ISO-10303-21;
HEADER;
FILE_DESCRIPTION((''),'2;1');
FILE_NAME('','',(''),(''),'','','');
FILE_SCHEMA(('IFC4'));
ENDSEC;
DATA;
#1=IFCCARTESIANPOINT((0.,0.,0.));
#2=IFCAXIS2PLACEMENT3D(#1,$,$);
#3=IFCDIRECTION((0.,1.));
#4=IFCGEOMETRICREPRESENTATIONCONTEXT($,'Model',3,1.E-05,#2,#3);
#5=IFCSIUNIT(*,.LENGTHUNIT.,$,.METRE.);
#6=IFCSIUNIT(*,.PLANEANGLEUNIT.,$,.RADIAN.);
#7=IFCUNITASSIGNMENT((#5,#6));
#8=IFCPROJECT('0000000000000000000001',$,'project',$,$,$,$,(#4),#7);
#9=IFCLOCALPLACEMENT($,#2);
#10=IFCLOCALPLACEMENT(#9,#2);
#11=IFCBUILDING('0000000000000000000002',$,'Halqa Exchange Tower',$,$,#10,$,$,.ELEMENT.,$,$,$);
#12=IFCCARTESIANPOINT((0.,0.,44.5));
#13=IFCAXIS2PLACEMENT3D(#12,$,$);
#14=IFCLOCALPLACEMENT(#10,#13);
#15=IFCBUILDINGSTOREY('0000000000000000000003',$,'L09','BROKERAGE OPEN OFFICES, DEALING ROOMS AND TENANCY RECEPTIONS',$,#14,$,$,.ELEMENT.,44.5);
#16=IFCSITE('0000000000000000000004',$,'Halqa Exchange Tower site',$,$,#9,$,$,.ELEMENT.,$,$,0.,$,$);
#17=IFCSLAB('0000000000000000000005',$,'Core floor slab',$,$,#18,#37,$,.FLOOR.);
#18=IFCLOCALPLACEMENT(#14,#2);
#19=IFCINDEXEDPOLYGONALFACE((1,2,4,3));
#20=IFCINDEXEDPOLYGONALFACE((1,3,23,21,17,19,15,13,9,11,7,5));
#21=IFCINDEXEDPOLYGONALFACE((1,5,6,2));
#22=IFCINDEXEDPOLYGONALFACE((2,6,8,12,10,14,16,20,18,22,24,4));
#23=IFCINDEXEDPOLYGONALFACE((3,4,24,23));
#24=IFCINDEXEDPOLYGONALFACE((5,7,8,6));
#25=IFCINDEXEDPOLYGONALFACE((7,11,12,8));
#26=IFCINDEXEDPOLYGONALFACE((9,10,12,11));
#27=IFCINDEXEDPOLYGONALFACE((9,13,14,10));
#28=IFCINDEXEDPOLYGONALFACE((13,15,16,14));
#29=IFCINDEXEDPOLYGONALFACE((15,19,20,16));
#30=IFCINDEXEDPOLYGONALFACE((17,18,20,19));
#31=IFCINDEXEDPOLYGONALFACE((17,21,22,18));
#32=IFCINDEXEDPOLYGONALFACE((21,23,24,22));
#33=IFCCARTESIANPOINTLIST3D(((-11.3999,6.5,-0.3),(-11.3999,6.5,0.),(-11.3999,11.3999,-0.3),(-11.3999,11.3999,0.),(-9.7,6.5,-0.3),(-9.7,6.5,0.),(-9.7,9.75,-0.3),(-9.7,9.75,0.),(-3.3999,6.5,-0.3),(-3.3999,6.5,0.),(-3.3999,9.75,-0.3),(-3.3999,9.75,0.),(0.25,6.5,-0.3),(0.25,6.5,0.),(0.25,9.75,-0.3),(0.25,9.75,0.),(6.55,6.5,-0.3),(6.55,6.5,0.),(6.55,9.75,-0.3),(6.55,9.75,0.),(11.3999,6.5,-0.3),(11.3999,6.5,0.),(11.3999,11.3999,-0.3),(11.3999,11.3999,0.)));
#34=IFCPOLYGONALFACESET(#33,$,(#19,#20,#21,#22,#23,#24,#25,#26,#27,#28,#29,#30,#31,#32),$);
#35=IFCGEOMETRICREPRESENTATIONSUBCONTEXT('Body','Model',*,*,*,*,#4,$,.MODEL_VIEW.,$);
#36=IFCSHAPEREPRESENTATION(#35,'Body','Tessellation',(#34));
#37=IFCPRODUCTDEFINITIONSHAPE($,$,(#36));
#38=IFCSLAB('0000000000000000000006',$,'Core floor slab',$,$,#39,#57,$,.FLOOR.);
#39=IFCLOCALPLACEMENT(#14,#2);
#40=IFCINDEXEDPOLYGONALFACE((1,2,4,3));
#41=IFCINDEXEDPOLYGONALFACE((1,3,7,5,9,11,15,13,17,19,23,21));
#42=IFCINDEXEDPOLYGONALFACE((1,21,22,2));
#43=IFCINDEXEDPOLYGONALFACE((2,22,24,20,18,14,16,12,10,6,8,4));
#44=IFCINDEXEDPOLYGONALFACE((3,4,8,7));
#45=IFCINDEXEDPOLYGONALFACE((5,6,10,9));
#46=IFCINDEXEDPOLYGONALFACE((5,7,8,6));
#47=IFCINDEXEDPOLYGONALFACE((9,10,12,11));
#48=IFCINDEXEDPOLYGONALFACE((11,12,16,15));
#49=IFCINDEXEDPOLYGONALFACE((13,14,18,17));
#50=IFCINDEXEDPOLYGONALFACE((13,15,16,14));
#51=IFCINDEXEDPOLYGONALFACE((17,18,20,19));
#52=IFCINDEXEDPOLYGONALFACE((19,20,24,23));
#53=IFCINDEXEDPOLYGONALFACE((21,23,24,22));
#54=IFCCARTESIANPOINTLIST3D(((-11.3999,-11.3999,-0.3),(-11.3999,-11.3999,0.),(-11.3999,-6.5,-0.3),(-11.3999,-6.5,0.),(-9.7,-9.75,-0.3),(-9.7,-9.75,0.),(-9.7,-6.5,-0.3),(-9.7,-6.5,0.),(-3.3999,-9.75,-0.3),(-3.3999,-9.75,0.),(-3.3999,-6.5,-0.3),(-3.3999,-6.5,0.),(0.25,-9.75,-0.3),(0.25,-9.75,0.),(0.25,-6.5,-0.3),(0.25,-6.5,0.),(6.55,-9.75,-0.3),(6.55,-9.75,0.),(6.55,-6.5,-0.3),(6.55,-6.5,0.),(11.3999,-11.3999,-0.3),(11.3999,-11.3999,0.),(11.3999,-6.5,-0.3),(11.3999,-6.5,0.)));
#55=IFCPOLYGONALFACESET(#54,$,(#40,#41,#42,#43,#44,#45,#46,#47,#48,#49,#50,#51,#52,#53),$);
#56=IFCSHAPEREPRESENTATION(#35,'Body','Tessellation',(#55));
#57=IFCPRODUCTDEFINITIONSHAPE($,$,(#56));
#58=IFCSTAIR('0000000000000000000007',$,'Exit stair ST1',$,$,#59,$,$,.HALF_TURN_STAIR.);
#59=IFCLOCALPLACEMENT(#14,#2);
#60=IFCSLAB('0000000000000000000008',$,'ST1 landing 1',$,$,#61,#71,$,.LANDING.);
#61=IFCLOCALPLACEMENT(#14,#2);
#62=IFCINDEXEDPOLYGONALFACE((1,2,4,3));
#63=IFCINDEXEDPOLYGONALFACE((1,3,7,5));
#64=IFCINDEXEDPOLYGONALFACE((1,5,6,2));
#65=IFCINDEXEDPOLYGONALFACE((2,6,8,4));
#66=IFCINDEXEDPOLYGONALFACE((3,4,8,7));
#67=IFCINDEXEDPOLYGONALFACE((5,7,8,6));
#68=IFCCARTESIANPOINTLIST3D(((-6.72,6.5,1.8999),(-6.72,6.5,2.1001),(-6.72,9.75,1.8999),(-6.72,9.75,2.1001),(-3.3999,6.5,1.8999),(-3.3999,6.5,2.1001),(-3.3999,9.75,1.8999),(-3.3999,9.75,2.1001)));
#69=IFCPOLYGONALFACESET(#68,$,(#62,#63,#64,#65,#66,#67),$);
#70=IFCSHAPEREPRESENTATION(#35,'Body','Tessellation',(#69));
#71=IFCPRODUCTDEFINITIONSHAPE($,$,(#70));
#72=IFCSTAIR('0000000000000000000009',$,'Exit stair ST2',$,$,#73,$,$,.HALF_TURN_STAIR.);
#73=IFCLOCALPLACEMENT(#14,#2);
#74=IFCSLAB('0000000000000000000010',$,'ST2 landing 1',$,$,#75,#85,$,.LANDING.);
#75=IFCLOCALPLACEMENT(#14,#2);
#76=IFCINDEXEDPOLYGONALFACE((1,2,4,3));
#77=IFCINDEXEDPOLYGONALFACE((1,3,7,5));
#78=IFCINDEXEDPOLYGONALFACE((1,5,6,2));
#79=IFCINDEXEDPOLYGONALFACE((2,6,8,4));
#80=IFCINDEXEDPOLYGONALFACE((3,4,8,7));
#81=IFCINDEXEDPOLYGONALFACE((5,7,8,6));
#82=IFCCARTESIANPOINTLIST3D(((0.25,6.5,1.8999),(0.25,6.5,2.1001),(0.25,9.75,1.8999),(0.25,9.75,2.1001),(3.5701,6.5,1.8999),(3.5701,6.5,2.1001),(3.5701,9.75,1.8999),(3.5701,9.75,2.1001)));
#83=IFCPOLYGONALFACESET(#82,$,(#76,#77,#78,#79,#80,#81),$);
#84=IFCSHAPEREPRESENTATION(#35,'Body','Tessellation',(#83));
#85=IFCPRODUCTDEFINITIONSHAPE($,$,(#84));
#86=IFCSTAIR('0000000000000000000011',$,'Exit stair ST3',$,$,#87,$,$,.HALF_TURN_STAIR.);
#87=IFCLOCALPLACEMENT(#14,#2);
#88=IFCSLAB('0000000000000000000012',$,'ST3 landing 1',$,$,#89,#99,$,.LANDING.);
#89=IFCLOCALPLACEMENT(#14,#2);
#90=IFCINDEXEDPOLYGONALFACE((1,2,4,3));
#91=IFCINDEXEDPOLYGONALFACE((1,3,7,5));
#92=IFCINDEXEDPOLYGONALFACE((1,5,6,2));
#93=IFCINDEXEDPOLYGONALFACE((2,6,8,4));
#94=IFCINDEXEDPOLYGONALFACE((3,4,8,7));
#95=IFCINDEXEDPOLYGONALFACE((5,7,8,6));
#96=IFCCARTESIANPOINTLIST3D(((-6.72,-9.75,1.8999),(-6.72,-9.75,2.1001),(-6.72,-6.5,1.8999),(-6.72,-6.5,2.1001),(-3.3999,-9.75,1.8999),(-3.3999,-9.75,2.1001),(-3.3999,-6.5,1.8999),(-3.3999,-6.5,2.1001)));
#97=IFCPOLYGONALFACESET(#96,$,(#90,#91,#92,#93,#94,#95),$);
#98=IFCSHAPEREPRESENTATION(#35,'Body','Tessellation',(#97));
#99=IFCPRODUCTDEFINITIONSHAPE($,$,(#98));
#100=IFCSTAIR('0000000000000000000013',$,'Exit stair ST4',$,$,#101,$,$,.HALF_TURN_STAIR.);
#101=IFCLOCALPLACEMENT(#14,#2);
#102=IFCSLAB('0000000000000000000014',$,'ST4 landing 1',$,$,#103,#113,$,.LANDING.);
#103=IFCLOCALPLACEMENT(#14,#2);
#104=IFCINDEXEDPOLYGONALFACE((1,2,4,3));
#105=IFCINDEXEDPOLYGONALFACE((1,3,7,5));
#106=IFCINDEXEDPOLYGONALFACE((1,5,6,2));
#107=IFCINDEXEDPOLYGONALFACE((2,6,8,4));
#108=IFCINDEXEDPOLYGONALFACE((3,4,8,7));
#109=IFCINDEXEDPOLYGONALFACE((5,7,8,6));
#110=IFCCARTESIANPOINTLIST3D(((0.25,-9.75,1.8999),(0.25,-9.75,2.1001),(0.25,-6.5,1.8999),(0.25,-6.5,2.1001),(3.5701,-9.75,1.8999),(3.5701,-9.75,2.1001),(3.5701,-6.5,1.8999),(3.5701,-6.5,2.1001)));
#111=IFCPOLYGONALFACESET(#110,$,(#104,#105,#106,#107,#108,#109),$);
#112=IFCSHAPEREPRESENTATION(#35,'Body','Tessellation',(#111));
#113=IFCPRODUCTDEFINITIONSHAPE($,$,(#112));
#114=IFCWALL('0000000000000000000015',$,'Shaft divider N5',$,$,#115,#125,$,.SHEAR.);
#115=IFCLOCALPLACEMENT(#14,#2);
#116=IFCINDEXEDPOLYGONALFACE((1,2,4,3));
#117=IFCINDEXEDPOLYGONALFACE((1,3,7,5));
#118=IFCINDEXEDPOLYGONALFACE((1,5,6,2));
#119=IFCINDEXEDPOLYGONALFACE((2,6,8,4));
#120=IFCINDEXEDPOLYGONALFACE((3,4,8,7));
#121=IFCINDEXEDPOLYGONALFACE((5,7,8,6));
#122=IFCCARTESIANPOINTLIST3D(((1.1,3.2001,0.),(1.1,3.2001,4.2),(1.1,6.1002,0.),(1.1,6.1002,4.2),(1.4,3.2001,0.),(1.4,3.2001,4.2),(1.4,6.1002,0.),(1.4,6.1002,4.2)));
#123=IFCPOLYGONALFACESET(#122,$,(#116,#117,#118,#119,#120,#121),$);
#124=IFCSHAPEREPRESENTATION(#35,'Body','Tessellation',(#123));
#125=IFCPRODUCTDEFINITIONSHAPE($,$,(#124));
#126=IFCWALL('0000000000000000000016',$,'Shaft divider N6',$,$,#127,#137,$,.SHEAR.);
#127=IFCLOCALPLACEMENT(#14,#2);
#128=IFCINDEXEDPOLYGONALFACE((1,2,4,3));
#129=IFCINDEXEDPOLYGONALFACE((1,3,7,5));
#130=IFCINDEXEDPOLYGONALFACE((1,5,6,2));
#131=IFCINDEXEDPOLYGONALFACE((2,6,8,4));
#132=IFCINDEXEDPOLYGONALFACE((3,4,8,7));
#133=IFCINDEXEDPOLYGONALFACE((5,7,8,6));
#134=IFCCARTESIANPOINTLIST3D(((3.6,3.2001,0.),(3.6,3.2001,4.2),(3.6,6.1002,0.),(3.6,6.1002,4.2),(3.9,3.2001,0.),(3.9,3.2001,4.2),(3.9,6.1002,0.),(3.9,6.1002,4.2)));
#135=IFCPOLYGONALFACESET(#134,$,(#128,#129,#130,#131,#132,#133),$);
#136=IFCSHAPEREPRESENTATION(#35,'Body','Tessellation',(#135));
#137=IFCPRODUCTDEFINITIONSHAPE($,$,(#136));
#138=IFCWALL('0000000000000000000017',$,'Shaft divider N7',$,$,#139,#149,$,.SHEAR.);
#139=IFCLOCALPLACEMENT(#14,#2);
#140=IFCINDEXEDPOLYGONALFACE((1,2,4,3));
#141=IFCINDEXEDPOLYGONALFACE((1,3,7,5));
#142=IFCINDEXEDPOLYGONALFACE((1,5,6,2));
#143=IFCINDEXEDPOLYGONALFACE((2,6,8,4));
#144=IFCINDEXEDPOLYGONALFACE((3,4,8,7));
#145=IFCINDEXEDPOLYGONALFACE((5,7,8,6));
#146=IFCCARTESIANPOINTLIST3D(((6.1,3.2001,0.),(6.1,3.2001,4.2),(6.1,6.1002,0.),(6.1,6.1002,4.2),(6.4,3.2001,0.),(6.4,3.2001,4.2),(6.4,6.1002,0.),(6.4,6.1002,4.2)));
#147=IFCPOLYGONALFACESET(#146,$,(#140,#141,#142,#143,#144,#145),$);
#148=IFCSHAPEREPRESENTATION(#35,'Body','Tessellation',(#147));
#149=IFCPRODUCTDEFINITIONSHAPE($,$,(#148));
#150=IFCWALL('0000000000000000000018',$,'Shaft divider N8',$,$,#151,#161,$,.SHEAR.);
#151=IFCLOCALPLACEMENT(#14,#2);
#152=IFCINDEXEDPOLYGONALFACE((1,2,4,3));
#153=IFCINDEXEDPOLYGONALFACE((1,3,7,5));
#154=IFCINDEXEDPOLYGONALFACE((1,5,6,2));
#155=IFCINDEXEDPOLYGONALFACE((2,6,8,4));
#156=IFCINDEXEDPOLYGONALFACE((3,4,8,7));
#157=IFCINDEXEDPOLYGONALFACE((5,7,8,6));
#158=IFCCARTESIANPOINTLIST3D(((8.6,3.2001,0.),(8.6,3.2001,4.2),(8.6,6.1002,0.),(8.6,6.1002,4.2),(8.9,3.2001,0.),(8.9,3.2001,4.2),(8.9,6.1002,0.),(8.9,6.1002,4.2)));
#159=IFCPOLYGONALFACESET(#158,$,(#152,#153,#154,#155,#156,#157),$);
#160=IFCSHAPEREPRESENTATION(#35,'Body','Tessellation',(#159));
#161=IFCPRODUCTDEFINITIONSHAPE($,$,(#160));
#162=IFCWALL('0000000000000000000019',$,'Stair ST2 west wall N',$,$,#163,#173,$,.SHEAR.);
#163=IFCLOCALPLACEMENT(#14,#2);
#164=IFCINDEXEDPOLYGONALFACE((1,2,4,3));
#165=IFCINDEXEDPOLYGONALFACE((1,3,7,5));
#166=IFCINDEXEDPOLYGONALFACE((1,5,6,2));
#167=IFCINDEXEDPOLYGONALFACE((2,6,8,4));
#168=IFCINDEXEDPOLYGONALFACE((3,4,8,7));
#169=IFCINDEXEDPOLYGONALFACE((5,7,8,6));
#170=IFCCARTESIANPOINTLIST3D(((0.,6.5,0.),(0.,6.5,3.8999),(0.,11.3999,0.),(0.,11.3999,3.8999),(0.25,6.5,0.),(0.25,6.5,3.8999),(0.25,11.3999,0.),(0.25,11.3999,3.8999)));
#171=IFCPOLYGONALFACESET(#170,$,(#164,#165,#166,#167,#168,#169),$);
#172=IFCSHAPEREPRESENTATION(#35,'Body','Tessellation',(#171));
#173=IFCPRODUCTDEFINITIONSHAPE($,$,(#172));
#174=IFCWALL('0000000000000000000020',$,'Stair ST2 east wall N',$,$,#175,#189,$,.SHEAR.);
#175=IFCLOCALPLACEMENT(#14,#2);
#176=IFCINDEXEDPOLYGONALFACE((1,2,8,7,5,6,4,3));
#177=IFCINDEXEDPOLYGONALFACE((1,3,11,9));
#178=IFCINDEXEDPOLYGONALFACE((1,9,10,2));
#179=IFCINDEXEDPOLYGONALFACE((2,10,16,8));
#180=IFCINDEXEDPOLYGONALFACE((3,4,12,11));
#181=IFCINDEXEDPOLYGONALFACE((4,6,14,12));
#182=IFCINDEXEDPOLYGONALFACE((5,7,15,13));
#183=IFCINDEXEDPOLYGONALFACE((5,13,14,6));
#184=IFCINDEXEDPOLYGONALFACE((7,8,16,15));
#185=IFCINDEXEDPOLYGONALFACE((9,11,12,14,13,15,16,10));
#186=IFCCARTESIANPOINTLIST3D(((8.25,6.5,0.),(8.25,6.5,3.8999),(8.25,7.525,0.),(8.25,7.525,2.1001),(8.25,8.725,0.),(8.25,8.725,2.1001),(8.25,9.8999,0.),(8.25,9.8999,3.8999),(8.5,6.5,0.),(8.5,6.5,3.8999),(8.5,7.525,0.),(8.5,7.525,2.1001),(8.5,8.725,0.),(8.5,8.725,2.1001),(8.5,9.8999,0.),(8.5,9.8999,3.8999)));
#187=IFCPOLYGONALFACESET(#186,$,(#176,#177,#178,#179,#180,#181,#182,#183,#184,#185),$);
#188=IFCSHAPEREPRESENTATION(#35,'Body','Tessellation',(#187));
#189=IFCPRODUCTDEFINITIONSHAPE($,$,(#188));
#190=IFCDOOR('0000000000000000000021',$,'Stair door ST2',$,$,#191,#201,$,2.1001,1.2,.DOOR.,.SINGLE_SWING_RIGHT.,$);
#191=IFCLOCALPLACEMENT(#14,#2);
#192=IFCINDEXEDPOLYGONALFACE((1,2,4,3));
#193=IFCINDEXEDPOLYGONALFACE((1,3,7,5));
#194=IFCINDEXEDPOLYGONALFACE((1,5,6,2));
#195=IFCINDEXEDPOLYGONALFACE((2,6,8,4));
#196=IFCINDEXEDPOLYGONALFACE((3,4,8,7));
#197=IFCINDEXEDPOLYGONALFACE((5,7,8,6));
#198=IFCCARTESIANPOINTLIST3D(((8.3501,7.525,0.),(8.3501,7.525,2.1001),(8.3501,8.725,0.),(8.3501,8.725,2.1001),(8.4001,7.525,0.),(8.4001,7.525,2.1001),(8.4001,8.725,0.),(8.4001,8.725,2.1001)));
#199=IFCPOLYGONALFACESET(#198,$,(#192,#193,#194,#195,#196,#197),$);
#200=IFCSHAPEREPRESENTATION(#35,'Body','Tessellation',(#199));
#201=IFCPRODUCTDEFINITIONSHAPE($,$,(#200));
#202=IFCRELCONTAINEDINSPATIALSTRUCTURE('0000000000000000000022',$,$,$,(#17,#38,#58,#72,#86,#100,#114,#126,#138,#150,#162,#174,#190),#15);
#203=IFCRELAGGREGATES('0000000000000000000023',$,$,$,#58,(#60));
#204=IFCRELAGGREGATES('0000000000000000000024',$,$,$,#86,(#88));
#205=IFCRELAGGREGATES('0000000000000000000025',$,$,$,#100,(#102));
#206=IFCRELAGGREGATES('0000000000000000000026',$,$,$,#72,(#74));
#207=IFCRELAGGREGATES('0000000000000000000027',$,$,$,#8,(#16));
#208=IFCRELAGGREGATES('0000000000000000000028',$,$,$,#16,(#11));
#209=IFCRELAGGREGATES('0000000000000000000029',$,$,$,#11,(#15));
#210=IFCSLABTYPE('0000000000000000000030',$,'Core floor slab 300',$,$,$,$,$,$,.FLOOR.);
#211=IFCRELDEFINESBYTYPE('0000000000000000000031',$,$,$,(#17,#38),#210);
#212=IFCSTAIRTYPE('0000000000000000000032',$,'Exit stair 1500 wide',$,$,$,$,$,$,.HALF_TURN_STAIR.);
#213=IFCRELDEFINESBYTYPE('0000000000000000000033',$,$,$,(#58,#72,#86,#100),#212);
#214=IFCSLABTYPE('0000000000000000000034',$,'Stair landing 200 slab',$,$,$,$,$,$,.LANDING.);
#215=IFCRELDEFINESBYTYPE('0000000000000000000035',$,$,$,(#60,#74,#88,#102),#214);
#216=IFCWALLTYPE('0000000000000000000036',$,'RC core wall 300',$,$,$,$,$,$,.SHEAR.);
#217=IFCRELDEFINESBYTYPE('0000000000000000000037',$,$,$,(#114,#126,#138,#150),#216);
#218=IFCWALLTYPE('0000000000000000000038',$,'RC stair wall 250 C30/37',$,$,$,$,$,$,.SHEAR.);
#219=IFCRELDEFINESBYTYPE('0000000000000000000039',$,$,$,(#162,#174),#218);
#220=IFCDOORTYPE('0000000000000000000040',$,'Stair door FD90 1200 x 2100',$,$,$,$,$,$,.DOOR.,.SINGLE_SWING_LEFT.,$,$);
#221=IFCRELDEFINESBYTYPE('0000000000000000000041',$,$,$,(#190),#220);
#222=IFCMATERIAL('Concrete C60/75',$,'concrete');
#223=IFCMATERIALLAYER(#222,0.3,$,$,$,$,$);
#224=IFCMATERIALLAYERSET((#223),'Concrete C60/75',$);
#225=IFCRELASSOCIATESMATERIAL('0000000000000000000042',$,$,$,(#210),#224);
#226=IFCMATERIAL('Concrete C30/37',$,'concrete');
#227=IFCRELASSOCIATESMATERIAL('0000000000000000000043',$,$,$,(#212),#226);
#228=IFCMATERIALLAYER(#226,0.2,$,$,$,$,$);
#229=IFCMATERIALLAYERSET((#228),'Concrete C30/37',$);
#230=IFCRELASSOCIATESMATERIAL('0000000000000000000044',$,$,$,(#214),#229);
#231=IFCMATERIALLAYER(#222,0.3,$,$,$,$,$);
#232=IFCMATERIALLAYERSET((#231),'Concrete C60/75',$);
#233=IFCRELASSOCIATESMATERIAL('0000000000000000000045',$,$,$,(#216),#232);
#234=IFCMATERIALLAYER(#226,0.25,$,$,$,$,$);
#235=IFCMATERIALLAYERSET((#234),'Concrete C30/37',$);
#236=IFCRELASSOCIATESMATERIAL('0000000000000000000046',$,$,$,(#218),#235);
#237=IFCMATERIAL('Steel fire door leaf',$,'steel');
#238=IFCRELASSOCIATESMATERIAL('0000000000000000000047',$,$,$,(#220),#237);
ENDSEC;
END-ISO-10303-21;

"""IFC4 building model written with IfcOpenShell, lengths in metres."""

from ifc_helpers import new_model, si_unit, direction, frame, frame_2d, origin, place, context, subcontext, project, spatial, polyline, rectangle, outline, extrude, material, layer, layer_set, type_object, element, fill, aggregate, save


model = new_model("IFC4")

# Units and contexts
model_context = context("Model", 3, precision=1e-05, world=origin(), true_north=direction((0.0, 1.0)))
body_context = subcontext(model_context, "Body", "Model", "MODEL_VIEW")
ifc_project = project(units=[si_unit("LENGTHUNIT", "METRE"), si_unit("PLANEANGLEUNIT", "RADIAN")], contexts=[model_context])

# Site, building, storey
site_placement = place(None, origin())
site = spatial("IfcSite", under=ifc_project, at=site_placement, Name="Halqa Exchange Tower site", CompositionType="ELEMENT", RefElevation=0.0)
building_placement = place(site_placement, origin())
building = spatial("IfcBuilding", under=site, at=building_placement, Name="Halqa Exchange Tower", CompositionType="ELEMENT")
storey_placement = place(building_placement, frame((0.0, 0.0, 44.5)))
storey = spatial("IfcBuildingStorey", under=building, at=storey_placement, Name="L09", Description="BROKERAGE OPEN OFFICES, DEALING ROOMS AND TENANCY RECEPTIONS", CompositionType="ELEMENT", Elevation=44.5)

# Slabs
ifc_material_1 = material(Name="Concrete C60/75", Category="concrete")
ifc_layer_1 = layer(ifc_material_1, 0.3)
ifc_layer_set_1 = layer_set([ifc_layer_1], Name="Concrete C60/75")
slab_type_1 = type_object("IfcSlabType", Name="Core floor slab 300", PredefinedType="FLOOR", material=ifc_layer_set_1)
slab_1_placement = place(storey_placement, frame((0.0, 0.0, -0.3)))
element("IfcSlab", 1, at=slab_1_placement, inside=storey, type_object=slab_type_1, Name="Core floor slab", PredefinedType="FLOOR", context=body_context, shape_type="SweptSolid", body=[
    extrude(outline(polyline([(-11.3999, 11.3999), (11.3999, 11.3999), (11.3999, 6.5), (6.55, 6.5), (6.55, 9.75), (0.25, 9.75), (0.25, 6.5), (-3.3999, 6.5), (-3.3999, 9.75), (-9.7, 9.75), (-9.7, 6.5), (-11.3999, 6.5), (-11.3999, 11.3999)])), origin(), (0.0, 0.0, 1.0), 0.3),
])
slab_2_placement = place(storey_placement, frame((0.0, 0.0, -0.3)))
element("IfcSlab", 2, at=slab_2_placement, inside=storey, type_object=slab_type_1, Name="Core floor slab", PredefinedType="FLOOR", context=body_context, shape_type="SweptSolid", body=[
    extrude(outline(polyline([(-9.7, -9.75), (-3.3999, -9.75), (-3.3999, -6.5), (0.25, -6.5), (0.25, -9.75), (6.55, -9.75), (6.55, -6.5), (11.3999, -6.5), (11.3999, -11.3999), (-11.3999, -11.3999), (-11.3999, -6.5), (-9.7, -6.5), (-9.7, -9.75)])), origin(), (0.0, 0.0, 1.0), 0.3),
])

# Stairs, slabs
ifc_material_2 = material(Name="Concrete C30/37", Category="concrete")
stair_type = type_object("IfcStairType", Name="Exit stair 1500 wide", PredefinedType="HALF_TURN_STAIR", material=ifc_material_2)
stair_1_placement = place(storey_placement, origin())
stair_1 = element("IfcStair", 3, at=stair_1_placement, inside=storey, type_object=stair_type, Name="Exit stair ST1", PredefinedType="HALF_TURN_STAIR")
ifc_layer_2 = layer(ifc_material_2, 0.2)
ifc_layer_set_2 = layer_set([ifc_layer_2], Name="Concrete C30/37")
slab_type_2 = type_object("IfcSlabType", Name="Stair landing 200 slab", PredefinedType="LANDING", material=ifc_layer_set_2)
slab_3_placement = place(storey_placement, frame((0.0, 0.0, 1.8999)))
slab_3 = element("IfcSlab", 4, at=slab_3_placement, type_object=slab_type_2, Name="ST1 landing 1", PredefinedType="LANDING", context=body_context, shape_type="SweptSolid", body=[
    extrude(outline(polyline([(-6.72, 6.5), (-3.3999, 6.5), (-3.3999, 9.75), (-6.72, 9.75), (-6.72, 6.5)])), origin(), (0.0, 0.0, 1.0), 0.2002),
])
aggregate(stair_1, [slab_3])
stair_2_placement = place(storey_placement, origin())
stair_2 = element("IfcStair", 5, at=stair_2_placement, inside=storey, type_object=stair_type, Name="Exit stair ST2", PredefinedType="HALF_TURN_STAIR")
slab_4_placement = place(storey_placement, frame((0.0, 0.0, 1.8999)))
slab_4 = element("IfcSlab", 6, at=slab_4_placement, type_object=slab_type_2, Name="ST2 landing 1", PredefinedType="LANDING", context=body_context, shape_type="SweptSolid", body=[
    extrude(outline(polyline([(0.25, 6.5), (3.5701, 6.5), (3.5701, 9.75), (0.25, 9.75), (0.25, 6.5)])), origin(), (0.0, 0.0, 1.0), 0.2002),
])
stair_3_placement = place(storey_placement, origin())
stair_3 = element("IfcStair", 7, at=stair_3_placement, inside=storey, type_object=stair_type, Name="Exit stair ST3", PredefinedType="HALF_TURN_STAIR")
slab_5_placement = place(storey_placement, frame((0.0, 0.0, 1.8999)))
slab_5 = element("IfcSlab", 8, at=slab_5_placement, type_object=slab_type_2, Name="ST3 landing 1", PredefinedType="LANDING", context=body_context, shape_type="SweptSolid", body=[
    extrude(outline(polyline([(-6.72, -9.75), (-3.3999, -9.75), (-3.3999, -6.5), (-6.72, -6.5), (-6.72, -9.75)])), origin(), (0.0, 0.0, 1.0), 0.2002),
])
aggregate(stair_3, [slab_5])
stair_4_placement = place(storey_placement, origin())
stair_4 = element("IfcStair", 9, at=stair_4_placement, inside=storey, type_object=stair_type, Name="Exit stair ST4", PredefinedType="HALF_TURN_STAIR")
slab_6_placement = place(storey_placement, frame((0.0, 0.0, 1.8999)))
slab_6 = element("IfcSlab", 10, at=slab_6_placement, type_object=slab_type_2, Name="ST4 landing 1", PredefinedType="LANDING", context=body_context, shape_type="SweptSolid", body=[
    extrude(outline(polyline([(0.25, -9.75), (3.5701, -9.75), (3.5701, -6.5), (0.25, -6.5), (0.25, -9.75)])), origin(), (0.0, 0.0, 1.0), 0.2002),
])
aggregate(stair_4, [slab_6])

# Walls
ifc_layer_3 = layer(ifc_material_1, 0.3)
ifc_layer_set_3 = layer_set([ifc_layer_3], Name="Concrete C60/75")
wall_type_1 = type_object("IfcWallType", Name="RC core wall 300", PredefinedType="SHEAR", material=ifc_layer_set_3)
for number, where, z_axis, x_axis, name in (
    (11, (1.25, 3.2, 0.0), (0.0, 0.0, 1.0), (0.0, 1.0, 0.0), "Shaft divider N5"),
    (12, (3.75, 3.2, 0.0), (0.0, 0.0, 1.0), (0.0, 1.0, 0.0), "Shaft divider N6"),
    (13, (6.25, 3.2, 0.0), (0.0, 0.0, 1.0), (0.0, 1.0, 0.0), "Shaft divider N7"),
    (14, (8.75, 3.2, 0.0), (0.0, 0.0, 1.0), (0.0, 1.0, 0.0), "Shaft divider N8"),
):
    element("IfcWall", number, at=place(storey_placement, frame(where, z_axis=z_axis, x_axis=x_axis)), inside=storey, type_object=wall_type_1, Name=name, PredefinedType="SHEAR", context=body_context, shape_type="SweptSolid", body=[
        extrude(rectangle(XDim=2.9001, YDim=0.3, at=frame_2d((1.4502, 0.0))), origin(), (0.0, 0.0, 1.0), 4.2),
    ])
ifc_layer_4 = layer(ifc_material_2, 0.25)
ifc_layer_set_4 = layer_set([ifc_layer_4], Name="Concrete C30/37")
wall_type_2 = type_object("IfcWallType", Name="RC stair wall 250 C30/37", PredefinedType="SHEAR", material=ifc_layer_set_4)
wall_1_placement = place(storey_placement, frame((0.125, 6.5, 0.0), z_axis=(0.0, 0.0, 1.0), x_axis=(0.0, 1.0, 0.0)))
element("IfcWall", 15, at=wall_1_placement, inside=storey, type_object=wall_type_2, Name="Stair ST2 west wall N", PredefinedType="SHEAR", context=body_context, shape_type="SweptSolid", body=[
    extrude(rectangle(XDim=4.8999, YDim=0.25, at=frame_2d((2.45, 0.0))), origin(), (0.0, 0.0, 1.0), 3.8999),
])

# Wall, opening, door
wall_2_placement = place(storey_placement, frame((8.375, 6.5, 0.0), z_axis=(0.0, 0.0, 1.0), x_axis=(0.0, 1.0, 0.0)))
wall_2 = element("IfcWall", 16, at=wall_2_placement, inside=storey, type_object=wall_type_2, Name="Stair ST2 east wall N", PredefinedType="SHEAR", context=body_context, shape_type="SweptSolid", body=[
    extrude(rectangle(XDim=3.3999, YDim=0.25, at=frame_2d((1.7, 0.0))), origin(), (0.0, 0.0, 1.0), 3.8999),
])
opening_placement = place(wall_2_placement, frame((1.0249, 0.0, 0.0)))
opening = element("IfcOpeningElement", 17, at=opening_placement, cuts=wall_2, PredefinedType="OPENING", context=body_context, shape_type="SweptSolid", body=[
    extrude(rectangle(XDim=1.2, YDim=2.1001, at=frame_2d((0.6001, 1.05))), frame((0.0, 0.137, 0.0), z_axis=(0.0, -1.0, 0.0), x_axis=(1.0, 0.0, 0.0)), (0.0, 0.0, 1.0), 0.2739),
])
ifc_material_3 = material(Name="Steel fire door leaf", Category="steel")
door_type = type_object("IfcDoorType", Name="Stair door FD90 1200 x 2100", OperationType="SINGLE_SWING_LEFT", PredefinedType="DOOR", material=ifc_material_3)
door_placement = place(opening_placement, origin())
door = element("IfcDoor", 18, at=door_placement, inside=storey, type_object=door_type, Name="Stair door ST2", OperationType="SINGLE_SWING_RIGHT", OverallHeight=2.1001, OverallWidth=1.2, PredefinedType="DOOR", context=body_context, shape_type="SweptSolid", body=[
    extrude(rectangle(XDim=1.2, YDim=2.1001, at=frame_2d((0.6001, 1.05))), frame((0.0, 0.0249, 0.0), z_axis=(0.0, -1.0, 0.0), x_axis=(1.0, 0.0, 0.0)), (0.0, 0.0, 1.0), 0.05),
])
fill(opening, door)

aggregate(stair_2, [slab_4])

save(model, "model.ifc")
